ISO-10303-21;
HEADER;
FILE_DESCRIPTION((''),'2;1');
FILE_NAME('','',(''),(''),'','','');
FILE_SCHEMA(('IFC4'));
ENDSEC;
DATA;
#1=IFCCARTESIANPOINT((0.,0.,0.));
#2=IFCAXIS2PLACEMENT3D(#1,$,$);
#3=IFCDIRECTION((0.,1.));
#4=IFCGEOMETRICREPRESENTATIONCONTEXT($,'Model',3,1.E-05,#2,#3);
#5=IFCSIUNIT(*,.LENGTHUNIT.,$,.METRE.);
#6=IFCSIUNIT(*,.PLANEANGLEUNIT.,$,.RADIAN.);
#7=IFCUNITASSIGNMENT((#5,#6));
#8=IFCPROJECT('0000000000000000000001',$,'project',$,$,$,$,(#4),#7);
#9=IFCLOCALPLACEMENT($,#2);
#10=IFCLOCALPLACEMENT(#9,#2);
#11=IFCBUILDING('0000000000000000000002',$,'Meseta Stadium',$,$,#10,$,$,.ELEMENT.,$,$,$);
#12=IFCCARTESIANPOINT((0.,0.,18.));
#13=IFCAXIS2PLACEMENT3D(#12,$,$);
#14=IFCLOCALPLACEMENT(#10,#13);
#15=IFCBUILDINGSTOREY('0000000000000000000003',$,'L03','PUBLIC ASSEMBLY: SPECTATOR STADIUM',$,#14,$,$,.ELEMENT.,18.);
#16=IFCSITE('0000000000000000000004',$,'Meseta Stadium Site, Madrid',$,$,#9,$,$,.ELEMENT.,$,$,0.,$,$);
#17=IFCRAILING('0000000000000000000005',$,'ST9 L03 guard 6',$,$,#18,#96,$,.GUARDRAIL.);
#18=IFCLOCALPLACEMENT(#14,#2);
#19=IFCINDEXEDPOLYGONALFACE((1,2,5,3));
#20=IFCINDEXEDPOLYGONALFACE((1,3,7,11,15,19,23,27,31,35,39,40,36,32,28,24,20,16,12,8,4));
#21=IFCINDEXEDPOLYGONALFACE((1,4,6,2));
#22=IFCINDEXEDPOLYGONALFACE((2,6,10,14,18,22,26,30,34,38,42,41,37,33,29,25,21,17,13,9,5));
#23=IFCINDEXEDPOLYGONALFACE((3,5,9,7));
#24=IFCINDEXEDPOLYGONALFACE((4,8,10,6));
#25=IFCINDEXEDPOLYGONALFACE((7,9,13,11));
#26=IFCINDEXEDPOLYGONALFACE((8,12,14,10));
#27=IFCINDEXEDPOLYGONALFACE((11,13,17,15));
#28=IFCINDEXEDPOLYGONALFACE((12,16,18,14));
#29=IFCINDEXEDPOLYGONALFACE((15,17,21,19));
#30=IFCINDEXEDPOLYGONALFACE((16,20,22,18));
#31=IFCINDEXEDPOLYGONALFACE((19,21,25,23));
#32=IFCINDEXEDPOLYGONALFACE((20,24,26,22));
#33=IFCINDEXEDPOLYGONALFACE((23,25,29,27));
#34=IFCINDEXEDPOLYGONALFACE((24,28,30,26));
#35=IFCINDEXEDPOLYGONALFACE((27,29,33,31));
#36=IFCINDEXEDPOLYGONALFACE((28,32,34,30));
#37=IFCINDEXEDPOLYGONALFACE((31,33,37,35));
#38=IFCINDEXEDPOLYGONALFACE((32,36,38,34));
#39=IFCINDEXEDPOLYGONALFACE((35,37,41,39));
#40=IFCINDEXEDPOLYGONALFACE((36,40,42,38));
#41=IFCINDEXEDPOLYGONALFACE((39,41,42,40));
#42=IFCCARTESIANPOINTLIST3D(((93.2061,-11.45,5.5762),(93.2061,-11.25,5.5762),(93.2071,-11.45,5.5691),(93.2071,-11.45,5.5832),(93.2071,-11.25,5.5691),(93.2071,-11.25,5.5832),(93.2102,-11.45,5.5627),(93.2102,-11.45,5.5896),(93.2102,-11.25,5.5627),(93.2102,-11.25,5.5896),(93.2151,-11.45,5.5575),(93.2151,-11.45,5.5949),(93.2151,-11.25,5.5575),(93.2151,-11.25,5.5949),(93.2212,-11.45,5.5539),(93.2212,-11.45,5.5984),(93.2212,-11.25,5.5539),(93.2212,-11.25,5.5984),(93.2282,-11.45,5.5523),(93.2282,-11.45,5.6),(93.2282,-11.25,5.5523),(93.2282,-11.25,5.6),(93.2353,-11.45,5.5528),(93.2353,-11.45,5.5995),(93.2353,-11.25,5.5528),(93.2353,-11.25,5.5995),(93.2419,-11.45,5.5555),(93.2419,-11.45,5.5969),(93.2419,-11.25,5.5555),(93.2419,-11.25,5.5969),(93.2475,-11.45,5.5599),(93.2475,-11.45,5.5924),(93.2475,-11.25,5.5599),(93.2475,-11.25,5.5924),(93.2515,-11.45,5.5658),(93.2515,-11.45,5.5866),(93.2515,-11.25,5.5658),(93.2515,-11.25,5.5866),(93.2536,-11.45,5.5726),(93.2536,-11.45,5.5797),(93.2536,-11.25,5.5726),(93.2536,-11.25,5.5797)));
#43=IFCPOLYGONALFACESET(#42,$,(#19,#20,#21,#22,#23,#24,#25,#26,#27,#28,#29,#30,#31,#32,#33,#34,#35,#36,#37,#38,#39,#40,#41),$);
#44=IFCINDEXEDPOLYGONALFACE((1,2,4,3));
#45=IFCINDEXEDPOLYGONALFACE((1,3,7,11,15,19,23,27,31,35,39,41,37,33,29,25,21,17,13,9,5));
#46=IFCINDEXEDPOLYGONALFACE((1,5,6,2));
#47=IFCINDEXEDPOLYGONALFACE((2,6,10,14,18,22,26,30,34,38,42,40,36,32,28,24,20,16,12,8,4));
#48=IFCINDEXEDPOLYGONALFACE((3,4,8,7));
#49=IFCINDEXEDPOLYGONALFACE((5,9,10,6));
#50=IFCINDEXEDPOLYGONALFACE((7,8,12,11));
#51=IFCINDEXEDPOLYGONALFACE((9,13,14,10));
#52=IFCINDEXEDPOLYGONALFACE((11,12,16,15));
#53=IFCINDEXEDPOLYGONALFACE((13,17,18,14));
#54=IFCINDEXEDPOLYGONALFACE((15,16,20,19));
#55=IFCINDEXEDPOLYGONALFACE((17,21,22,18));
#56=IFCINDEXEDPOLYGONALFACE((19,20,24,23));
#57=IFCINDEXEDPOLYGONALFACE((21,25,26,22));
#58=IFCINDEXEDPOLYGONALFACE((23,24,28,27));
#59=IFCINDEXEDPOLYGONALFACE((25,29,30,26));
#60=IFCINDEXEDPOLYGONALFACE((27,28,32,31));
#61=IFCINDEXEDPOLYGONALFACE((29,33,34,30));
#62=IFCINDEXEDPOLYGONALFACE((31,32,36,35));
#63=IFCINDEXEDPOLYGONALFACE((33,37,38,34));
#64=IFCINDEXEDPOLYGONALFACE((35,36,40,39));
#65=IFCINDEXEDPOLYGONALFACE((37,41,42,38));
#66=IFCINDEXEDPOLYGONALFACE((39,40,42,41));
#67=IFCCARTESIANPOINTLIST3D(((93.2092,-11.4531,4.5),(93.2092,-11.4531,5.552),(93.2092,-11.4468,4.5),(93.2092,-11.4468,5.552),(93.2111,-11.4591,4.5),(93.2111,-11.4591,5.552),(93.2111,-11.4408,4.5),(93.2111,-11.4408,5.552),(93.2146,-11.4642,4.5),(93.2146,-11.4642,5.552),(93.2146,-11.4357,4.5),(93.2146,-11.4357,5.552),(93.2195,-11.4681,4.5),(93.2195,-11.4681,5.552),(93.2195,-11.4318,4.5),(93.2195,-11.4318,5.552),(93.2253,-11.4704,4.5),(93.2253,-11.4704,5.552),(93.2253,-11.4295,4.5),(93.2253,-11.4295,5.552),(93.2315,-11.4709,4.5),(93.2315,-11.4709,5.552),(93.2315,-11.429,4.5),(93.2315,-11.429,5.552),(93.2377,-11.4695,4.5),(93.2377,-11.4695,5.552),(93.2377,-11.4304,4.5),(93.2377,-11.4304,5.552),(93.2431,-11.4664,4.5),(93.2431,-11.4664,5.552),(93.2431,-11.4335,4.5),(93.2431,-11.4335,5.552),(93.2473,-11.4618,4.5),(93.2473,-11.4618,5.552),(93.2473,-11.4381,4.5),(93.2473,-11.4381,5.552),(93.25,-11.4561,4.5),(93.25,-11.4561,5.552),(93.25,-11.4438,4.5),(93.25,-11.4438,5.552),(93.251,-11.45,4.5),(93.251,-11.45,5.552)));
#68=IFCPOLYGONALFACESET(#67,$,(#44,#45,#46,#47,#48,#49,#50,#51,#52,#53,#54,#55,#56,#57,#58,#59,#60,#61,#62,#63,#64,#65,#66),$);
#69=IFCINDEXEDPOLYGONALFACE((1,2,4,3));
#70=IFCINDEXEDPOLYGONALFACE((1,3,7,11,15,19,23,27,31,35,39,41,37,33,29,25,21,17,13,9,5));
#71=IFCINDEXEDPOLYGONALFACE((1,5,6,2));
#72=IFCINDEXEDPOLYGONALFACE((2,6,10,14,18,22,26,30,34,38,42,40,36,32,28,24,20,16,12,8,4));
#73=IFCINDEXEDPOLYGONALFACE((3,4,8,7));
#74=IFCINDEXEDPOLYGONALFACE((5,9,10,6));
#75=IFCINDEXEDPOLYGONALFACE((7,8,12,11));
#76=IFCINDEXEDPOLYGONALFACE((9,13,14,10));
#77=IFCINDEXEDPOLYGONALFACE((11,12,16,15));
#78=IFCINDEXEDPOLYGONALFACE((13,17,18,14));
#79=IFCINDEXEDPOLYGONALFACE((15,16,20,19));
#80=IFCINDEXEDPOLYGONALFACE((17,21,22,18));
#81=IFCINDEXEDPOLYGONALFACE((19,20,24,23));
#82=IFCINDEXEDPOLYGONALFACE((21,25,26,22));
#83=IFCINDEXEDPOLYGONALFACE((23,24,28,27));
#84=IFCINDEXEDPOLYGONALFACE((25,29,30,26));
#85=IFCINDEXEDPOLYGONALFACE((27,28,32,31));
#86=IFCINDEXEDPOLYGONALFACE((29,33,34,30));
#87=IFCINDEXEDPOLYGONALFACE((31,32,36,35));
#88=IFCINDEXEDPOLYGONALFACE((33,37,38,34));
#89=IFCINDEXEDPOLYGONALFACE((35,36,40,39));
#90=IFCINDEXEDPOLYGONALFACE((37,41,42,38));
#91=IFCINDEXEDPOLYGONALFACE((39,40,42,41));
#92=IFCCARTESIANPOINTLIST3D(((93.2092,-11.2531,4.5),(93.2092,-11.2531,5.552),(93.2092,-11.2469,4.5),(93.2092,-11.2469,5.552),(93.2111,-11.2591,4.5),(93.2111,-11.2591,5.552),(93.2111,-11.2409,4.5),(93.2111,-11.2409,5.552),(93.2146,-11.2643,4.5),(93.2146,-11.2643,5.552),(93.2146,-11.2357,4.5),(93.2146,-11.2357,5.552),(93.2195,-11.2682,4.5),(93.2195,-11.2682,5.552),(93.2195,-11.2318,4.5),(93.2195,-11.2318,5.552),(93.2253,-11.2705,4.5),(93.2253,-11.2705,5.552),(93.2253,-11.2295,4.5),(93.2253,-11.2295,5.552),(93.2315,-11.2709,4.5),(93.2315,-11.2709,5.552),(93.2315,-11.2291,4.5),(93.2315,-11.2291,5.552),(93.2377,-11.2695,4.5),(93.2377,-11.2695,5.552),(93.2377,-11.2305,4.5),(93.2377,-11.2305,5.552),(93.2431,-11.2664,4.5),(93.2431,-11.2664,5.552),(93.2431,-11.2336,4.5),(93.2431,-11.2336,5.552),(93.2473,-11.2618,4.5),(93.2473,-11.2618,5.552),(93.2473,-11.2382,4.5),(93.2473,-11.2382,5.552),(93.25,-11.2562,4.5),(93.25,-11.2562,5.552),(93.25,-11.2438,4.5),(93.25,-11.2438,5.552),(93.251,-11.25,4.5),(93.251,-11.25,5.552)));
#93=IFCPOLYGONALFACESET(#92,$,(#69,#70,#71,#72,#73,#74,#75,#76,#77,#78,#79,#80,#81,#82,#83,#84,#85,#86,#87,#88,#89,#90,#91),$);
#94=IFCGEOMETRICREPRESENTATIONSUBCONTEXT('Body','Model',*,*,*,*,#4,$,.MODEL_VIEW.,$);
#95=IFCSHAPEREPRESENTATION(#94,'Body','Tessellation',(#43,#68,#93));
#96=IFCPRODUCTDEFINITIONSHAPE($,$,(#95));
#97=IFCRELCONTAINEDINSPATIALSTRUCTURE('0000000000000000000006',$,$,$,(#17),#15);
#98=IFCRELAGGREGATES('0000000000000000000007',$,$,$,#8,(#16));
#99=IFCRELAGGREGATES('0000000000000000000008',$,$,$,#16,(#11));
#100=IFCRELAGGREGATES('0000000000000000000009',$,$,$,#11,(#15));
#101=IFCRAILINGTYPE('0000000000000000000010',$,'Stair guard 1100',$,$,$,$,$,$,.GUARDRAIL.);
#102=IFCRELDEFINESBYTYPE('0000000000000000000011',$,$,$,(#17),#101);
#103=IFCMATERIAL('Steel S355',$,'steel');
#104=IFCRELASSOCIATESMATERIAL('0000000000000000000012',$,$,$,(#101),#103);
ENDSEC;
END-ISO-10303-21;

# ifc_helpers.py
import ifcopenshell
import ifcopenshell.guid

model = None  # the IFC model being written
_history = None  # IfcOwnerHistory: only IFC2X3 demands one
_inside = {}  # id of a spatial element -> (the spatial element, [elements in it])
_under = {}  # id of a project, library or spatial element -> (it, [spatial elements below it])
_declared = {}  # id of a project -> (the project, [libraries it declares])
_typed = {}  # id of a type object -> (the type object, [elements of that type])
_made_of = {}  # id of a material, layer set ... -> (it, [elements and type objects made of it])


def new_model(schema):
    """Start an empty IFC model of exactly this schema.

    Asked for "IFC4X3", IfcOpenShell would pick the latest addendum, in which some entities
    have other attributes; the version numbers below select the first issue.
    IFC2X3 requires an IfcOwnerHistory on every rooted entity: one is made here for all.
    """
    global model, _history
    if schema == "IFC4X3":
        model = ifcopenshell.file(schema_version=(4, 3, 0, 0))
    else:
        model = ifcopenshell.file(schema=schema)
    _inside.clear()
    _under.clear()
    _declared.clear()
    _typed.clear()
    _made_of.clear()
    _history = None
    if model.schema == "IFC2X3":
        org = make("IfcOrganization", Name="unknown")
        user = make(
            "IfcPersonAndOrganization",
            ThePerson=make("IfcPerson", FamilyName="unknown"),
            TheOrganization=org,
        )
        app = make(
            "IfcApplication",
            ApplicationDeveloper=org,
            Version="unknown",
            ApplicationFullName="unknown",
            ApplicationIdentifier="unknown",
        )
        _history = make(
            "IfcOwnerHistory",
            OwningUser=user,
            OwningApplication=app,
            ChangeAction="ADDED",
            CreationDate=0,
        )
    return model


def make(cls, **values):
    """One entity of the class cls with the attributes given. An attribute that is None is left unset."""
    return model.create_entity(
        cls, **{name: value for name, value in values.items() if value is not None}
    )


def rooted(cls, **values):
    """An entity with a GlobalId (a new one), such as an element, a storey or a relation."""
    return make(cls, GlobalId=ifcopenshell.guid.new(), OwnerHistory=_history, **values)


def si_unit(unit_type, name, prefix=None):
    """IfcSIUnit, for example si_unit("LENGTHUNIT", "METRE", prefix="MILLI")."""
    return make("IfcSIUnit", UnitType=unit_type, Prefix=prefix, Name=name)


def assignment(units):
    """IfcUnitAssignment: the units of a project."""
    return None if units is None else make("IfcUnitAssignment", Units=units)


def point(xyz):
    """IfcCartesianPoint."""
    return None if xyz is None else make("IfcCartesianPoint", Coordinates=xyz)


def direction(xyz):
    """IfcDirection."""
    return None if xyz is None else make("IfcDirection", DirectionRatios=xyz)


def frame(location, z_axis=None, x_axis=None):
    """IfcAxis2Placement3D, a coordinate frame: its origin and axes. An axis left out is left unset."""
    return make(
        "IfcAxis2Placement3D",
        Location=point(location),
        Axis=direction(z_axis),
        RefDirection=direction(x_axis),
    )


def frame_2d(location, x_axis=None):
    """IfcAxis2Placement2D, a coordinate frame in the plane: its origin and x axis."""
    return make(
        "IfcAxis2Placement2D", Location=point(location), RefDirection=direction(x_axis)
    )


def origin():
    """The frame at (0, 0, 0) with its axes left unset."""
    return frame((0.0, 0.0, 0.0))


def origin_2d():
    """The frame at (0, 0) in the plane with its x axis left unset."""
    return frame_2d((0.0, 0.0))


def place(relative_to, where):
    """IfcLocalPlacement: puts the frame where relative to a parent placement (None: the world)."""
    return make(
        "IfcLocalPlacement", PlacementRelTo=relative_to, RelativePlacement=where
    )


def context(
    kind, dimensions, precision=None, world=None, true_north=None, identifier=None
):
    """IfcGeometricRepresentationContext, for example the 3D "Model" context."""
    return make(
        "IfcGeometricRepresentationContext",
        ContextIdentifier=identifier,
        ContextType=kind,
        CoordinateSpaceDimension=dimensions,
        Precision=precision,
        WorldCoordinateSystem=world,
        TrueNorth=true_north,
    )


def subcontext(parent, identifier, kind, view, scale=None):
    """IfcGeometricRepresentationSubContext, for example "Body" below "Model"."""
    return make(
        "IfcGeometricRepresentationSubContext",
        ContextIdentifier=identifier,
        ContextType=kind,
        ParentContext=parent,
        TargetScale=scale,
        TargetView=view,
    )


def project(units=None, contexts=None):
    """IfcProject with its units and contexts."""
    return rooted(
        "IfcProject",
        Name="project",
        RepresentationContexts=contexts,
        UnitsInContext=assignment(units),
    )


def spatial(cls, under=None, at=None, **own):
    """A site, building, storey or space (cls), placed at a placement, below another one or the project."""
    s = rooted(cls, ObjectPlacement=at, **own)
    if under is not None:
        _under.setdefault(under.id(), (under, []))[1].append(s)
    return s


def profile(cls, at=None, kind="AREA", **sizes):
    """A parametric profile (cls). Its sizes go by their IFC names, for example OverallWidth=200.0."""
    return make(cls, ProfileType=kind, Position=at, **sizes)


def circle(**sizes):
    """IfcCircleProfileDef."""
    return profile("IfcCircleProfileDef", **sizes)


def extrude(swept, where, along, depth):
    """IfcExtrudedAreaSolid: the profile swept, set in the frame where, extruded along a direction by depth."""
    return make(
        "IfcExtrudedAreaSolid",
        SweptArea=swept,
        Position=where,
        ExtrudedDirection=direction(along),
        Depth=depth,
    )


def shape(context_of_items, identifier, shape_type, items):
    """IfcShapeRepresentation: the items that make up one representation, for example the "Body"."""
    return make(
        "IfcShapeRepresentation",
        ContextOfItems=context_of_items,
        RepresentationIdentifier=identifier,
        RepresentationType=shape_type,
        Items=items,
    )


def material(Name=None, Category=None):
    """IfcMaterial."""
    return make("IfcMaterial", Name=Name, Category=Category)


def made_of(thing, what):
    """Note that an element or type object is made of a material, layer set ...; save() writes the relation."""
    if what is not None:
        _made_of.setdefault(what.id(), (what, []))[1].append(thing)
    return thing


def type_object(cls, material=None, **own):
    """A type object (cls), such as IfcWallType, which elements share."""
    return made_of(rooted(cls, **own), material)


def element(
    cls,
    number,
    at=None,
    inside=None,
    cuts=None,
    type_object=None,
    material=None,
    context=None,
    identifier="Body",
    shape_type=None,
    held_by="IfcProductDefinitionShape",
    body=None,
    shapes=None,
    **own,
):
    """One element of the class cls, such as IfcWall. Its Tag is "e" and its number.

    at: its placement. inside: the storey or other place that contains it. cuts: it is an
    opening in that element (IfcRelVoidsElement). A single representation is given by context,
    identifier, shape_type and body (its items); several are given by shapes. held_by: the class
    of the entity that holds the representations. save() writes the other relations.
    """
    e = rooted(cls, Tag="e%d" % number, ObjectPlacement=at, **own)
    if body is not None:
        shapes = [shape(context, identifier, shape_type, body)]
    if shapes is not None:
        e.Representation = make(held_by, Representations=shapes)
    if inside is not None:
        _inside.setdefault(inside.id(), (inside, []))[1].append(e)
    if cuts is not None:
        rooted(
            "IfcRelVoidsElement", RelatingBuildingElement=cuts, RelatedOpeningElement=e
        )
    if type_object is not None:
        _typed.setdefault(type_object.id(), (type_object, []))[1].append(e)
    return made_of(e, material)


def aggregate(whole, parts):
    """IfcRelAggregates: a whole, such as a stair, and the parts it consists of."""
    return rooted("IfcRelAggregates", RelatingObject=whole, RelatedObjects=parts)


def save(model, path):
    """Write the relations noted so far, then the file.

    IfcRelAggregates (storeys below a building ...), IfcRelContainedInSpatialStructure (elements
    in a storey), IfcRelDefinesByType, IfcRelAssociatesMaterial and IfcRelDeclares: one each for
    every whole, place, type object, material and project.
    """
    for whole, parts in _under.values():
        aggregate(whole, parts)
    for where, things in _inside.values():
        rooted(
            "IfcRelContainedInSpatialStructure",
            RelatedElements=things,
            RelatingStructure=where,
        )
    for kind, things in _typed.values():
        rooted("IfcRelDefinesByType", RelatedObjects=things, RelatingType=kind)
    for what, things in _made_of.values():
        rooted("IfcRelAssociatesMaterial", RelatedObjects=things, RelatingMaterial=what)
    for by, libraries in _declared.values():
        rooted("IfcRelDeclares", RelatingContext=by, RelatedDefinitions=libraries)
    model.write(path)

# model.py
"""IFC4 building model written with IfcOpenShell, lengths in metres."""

from ifc_helpers import new_model, si_unit, direction, frame, origin, origin_2d, place, context, subcontext, project, spatial, circle, extrude, material, type_object, element, save


model = new_model("IFC4")

# Units and contexts
model_context = context("Model", 3, precision=1e-05, world=origin(), true_north=direction((0.0, 1.0)))
body_context = subcontext(model_context, "Body", "Model", "MODEL_VIEW")
ifc_project = project(units=[si_unit("LENGTHUNIT", "METRE"), si_unit("PLANEANGLEUNIT", "RADIAN")], contexts=[model_context])

# Site, building, storey
site_placement = place(None, origin())
site = spatial("IfcSite", under=ifc_project, at=site_placement, Name="Meseta Stadium Site, Madrid", CompositionType="ELEMENT", RefElevation=0.0)
building_placement = place(site_placement, origin())
building = spatial("IfcBuilding", under=site, at=building_placement, Name="Meseta Stadium", CompositionType="ELEMENT")
storey_placement = place(building_placement, frame((0.0, 0.0, 18.0)))
storey = spatial("IfcBuildingStorey", under=building, at=storey_placement, Name="L03", Description="PUBLIC ASSEMBLY: SPECTATOR STADIUM", CompositionType="ELEMENT", Elevation=18.0)

# Railing
ifc_material_1 = material(Name="Steel S355", Category="steel")
railing_type = type_object("IfcRailingType", Name="Stair guard 1100", PredefinedType="GUARDRAIL", material=ifc_material_1)
railing_1_placement = place(storey_placement, frame((93.23, -11.45, 4.5)))
element("IfcRailing", 1, at=railing_1_placement, inside=storey, type_object=railing_type, Name="ST9 L03 guard 6", PredefinedType="GUARDRAIL", context=body_context, shape_type="SweptSolid", body=[
    extrude(circle(Radius=0.0239, at=origin_2d()), frame((0.0, 0.0, 1.0762), z_axis=(0.0, 1.0, 0.0), x_axis=(-1.0, 0.0, 0.0)), (0.0, 0.0, 1.0), 0.2),
    extrude(circle(Radius=0.021, at=origin_2d()), origin(), (0.0, 0.0, 1.0), 1.052),
    extrude(circle(Radius=0.021, at=origin_2d()), frame((0.0, 0.2, 0.0)), (0.0, 0.0, 1.0), 1.052),
])

save(model, "model.ifc")
